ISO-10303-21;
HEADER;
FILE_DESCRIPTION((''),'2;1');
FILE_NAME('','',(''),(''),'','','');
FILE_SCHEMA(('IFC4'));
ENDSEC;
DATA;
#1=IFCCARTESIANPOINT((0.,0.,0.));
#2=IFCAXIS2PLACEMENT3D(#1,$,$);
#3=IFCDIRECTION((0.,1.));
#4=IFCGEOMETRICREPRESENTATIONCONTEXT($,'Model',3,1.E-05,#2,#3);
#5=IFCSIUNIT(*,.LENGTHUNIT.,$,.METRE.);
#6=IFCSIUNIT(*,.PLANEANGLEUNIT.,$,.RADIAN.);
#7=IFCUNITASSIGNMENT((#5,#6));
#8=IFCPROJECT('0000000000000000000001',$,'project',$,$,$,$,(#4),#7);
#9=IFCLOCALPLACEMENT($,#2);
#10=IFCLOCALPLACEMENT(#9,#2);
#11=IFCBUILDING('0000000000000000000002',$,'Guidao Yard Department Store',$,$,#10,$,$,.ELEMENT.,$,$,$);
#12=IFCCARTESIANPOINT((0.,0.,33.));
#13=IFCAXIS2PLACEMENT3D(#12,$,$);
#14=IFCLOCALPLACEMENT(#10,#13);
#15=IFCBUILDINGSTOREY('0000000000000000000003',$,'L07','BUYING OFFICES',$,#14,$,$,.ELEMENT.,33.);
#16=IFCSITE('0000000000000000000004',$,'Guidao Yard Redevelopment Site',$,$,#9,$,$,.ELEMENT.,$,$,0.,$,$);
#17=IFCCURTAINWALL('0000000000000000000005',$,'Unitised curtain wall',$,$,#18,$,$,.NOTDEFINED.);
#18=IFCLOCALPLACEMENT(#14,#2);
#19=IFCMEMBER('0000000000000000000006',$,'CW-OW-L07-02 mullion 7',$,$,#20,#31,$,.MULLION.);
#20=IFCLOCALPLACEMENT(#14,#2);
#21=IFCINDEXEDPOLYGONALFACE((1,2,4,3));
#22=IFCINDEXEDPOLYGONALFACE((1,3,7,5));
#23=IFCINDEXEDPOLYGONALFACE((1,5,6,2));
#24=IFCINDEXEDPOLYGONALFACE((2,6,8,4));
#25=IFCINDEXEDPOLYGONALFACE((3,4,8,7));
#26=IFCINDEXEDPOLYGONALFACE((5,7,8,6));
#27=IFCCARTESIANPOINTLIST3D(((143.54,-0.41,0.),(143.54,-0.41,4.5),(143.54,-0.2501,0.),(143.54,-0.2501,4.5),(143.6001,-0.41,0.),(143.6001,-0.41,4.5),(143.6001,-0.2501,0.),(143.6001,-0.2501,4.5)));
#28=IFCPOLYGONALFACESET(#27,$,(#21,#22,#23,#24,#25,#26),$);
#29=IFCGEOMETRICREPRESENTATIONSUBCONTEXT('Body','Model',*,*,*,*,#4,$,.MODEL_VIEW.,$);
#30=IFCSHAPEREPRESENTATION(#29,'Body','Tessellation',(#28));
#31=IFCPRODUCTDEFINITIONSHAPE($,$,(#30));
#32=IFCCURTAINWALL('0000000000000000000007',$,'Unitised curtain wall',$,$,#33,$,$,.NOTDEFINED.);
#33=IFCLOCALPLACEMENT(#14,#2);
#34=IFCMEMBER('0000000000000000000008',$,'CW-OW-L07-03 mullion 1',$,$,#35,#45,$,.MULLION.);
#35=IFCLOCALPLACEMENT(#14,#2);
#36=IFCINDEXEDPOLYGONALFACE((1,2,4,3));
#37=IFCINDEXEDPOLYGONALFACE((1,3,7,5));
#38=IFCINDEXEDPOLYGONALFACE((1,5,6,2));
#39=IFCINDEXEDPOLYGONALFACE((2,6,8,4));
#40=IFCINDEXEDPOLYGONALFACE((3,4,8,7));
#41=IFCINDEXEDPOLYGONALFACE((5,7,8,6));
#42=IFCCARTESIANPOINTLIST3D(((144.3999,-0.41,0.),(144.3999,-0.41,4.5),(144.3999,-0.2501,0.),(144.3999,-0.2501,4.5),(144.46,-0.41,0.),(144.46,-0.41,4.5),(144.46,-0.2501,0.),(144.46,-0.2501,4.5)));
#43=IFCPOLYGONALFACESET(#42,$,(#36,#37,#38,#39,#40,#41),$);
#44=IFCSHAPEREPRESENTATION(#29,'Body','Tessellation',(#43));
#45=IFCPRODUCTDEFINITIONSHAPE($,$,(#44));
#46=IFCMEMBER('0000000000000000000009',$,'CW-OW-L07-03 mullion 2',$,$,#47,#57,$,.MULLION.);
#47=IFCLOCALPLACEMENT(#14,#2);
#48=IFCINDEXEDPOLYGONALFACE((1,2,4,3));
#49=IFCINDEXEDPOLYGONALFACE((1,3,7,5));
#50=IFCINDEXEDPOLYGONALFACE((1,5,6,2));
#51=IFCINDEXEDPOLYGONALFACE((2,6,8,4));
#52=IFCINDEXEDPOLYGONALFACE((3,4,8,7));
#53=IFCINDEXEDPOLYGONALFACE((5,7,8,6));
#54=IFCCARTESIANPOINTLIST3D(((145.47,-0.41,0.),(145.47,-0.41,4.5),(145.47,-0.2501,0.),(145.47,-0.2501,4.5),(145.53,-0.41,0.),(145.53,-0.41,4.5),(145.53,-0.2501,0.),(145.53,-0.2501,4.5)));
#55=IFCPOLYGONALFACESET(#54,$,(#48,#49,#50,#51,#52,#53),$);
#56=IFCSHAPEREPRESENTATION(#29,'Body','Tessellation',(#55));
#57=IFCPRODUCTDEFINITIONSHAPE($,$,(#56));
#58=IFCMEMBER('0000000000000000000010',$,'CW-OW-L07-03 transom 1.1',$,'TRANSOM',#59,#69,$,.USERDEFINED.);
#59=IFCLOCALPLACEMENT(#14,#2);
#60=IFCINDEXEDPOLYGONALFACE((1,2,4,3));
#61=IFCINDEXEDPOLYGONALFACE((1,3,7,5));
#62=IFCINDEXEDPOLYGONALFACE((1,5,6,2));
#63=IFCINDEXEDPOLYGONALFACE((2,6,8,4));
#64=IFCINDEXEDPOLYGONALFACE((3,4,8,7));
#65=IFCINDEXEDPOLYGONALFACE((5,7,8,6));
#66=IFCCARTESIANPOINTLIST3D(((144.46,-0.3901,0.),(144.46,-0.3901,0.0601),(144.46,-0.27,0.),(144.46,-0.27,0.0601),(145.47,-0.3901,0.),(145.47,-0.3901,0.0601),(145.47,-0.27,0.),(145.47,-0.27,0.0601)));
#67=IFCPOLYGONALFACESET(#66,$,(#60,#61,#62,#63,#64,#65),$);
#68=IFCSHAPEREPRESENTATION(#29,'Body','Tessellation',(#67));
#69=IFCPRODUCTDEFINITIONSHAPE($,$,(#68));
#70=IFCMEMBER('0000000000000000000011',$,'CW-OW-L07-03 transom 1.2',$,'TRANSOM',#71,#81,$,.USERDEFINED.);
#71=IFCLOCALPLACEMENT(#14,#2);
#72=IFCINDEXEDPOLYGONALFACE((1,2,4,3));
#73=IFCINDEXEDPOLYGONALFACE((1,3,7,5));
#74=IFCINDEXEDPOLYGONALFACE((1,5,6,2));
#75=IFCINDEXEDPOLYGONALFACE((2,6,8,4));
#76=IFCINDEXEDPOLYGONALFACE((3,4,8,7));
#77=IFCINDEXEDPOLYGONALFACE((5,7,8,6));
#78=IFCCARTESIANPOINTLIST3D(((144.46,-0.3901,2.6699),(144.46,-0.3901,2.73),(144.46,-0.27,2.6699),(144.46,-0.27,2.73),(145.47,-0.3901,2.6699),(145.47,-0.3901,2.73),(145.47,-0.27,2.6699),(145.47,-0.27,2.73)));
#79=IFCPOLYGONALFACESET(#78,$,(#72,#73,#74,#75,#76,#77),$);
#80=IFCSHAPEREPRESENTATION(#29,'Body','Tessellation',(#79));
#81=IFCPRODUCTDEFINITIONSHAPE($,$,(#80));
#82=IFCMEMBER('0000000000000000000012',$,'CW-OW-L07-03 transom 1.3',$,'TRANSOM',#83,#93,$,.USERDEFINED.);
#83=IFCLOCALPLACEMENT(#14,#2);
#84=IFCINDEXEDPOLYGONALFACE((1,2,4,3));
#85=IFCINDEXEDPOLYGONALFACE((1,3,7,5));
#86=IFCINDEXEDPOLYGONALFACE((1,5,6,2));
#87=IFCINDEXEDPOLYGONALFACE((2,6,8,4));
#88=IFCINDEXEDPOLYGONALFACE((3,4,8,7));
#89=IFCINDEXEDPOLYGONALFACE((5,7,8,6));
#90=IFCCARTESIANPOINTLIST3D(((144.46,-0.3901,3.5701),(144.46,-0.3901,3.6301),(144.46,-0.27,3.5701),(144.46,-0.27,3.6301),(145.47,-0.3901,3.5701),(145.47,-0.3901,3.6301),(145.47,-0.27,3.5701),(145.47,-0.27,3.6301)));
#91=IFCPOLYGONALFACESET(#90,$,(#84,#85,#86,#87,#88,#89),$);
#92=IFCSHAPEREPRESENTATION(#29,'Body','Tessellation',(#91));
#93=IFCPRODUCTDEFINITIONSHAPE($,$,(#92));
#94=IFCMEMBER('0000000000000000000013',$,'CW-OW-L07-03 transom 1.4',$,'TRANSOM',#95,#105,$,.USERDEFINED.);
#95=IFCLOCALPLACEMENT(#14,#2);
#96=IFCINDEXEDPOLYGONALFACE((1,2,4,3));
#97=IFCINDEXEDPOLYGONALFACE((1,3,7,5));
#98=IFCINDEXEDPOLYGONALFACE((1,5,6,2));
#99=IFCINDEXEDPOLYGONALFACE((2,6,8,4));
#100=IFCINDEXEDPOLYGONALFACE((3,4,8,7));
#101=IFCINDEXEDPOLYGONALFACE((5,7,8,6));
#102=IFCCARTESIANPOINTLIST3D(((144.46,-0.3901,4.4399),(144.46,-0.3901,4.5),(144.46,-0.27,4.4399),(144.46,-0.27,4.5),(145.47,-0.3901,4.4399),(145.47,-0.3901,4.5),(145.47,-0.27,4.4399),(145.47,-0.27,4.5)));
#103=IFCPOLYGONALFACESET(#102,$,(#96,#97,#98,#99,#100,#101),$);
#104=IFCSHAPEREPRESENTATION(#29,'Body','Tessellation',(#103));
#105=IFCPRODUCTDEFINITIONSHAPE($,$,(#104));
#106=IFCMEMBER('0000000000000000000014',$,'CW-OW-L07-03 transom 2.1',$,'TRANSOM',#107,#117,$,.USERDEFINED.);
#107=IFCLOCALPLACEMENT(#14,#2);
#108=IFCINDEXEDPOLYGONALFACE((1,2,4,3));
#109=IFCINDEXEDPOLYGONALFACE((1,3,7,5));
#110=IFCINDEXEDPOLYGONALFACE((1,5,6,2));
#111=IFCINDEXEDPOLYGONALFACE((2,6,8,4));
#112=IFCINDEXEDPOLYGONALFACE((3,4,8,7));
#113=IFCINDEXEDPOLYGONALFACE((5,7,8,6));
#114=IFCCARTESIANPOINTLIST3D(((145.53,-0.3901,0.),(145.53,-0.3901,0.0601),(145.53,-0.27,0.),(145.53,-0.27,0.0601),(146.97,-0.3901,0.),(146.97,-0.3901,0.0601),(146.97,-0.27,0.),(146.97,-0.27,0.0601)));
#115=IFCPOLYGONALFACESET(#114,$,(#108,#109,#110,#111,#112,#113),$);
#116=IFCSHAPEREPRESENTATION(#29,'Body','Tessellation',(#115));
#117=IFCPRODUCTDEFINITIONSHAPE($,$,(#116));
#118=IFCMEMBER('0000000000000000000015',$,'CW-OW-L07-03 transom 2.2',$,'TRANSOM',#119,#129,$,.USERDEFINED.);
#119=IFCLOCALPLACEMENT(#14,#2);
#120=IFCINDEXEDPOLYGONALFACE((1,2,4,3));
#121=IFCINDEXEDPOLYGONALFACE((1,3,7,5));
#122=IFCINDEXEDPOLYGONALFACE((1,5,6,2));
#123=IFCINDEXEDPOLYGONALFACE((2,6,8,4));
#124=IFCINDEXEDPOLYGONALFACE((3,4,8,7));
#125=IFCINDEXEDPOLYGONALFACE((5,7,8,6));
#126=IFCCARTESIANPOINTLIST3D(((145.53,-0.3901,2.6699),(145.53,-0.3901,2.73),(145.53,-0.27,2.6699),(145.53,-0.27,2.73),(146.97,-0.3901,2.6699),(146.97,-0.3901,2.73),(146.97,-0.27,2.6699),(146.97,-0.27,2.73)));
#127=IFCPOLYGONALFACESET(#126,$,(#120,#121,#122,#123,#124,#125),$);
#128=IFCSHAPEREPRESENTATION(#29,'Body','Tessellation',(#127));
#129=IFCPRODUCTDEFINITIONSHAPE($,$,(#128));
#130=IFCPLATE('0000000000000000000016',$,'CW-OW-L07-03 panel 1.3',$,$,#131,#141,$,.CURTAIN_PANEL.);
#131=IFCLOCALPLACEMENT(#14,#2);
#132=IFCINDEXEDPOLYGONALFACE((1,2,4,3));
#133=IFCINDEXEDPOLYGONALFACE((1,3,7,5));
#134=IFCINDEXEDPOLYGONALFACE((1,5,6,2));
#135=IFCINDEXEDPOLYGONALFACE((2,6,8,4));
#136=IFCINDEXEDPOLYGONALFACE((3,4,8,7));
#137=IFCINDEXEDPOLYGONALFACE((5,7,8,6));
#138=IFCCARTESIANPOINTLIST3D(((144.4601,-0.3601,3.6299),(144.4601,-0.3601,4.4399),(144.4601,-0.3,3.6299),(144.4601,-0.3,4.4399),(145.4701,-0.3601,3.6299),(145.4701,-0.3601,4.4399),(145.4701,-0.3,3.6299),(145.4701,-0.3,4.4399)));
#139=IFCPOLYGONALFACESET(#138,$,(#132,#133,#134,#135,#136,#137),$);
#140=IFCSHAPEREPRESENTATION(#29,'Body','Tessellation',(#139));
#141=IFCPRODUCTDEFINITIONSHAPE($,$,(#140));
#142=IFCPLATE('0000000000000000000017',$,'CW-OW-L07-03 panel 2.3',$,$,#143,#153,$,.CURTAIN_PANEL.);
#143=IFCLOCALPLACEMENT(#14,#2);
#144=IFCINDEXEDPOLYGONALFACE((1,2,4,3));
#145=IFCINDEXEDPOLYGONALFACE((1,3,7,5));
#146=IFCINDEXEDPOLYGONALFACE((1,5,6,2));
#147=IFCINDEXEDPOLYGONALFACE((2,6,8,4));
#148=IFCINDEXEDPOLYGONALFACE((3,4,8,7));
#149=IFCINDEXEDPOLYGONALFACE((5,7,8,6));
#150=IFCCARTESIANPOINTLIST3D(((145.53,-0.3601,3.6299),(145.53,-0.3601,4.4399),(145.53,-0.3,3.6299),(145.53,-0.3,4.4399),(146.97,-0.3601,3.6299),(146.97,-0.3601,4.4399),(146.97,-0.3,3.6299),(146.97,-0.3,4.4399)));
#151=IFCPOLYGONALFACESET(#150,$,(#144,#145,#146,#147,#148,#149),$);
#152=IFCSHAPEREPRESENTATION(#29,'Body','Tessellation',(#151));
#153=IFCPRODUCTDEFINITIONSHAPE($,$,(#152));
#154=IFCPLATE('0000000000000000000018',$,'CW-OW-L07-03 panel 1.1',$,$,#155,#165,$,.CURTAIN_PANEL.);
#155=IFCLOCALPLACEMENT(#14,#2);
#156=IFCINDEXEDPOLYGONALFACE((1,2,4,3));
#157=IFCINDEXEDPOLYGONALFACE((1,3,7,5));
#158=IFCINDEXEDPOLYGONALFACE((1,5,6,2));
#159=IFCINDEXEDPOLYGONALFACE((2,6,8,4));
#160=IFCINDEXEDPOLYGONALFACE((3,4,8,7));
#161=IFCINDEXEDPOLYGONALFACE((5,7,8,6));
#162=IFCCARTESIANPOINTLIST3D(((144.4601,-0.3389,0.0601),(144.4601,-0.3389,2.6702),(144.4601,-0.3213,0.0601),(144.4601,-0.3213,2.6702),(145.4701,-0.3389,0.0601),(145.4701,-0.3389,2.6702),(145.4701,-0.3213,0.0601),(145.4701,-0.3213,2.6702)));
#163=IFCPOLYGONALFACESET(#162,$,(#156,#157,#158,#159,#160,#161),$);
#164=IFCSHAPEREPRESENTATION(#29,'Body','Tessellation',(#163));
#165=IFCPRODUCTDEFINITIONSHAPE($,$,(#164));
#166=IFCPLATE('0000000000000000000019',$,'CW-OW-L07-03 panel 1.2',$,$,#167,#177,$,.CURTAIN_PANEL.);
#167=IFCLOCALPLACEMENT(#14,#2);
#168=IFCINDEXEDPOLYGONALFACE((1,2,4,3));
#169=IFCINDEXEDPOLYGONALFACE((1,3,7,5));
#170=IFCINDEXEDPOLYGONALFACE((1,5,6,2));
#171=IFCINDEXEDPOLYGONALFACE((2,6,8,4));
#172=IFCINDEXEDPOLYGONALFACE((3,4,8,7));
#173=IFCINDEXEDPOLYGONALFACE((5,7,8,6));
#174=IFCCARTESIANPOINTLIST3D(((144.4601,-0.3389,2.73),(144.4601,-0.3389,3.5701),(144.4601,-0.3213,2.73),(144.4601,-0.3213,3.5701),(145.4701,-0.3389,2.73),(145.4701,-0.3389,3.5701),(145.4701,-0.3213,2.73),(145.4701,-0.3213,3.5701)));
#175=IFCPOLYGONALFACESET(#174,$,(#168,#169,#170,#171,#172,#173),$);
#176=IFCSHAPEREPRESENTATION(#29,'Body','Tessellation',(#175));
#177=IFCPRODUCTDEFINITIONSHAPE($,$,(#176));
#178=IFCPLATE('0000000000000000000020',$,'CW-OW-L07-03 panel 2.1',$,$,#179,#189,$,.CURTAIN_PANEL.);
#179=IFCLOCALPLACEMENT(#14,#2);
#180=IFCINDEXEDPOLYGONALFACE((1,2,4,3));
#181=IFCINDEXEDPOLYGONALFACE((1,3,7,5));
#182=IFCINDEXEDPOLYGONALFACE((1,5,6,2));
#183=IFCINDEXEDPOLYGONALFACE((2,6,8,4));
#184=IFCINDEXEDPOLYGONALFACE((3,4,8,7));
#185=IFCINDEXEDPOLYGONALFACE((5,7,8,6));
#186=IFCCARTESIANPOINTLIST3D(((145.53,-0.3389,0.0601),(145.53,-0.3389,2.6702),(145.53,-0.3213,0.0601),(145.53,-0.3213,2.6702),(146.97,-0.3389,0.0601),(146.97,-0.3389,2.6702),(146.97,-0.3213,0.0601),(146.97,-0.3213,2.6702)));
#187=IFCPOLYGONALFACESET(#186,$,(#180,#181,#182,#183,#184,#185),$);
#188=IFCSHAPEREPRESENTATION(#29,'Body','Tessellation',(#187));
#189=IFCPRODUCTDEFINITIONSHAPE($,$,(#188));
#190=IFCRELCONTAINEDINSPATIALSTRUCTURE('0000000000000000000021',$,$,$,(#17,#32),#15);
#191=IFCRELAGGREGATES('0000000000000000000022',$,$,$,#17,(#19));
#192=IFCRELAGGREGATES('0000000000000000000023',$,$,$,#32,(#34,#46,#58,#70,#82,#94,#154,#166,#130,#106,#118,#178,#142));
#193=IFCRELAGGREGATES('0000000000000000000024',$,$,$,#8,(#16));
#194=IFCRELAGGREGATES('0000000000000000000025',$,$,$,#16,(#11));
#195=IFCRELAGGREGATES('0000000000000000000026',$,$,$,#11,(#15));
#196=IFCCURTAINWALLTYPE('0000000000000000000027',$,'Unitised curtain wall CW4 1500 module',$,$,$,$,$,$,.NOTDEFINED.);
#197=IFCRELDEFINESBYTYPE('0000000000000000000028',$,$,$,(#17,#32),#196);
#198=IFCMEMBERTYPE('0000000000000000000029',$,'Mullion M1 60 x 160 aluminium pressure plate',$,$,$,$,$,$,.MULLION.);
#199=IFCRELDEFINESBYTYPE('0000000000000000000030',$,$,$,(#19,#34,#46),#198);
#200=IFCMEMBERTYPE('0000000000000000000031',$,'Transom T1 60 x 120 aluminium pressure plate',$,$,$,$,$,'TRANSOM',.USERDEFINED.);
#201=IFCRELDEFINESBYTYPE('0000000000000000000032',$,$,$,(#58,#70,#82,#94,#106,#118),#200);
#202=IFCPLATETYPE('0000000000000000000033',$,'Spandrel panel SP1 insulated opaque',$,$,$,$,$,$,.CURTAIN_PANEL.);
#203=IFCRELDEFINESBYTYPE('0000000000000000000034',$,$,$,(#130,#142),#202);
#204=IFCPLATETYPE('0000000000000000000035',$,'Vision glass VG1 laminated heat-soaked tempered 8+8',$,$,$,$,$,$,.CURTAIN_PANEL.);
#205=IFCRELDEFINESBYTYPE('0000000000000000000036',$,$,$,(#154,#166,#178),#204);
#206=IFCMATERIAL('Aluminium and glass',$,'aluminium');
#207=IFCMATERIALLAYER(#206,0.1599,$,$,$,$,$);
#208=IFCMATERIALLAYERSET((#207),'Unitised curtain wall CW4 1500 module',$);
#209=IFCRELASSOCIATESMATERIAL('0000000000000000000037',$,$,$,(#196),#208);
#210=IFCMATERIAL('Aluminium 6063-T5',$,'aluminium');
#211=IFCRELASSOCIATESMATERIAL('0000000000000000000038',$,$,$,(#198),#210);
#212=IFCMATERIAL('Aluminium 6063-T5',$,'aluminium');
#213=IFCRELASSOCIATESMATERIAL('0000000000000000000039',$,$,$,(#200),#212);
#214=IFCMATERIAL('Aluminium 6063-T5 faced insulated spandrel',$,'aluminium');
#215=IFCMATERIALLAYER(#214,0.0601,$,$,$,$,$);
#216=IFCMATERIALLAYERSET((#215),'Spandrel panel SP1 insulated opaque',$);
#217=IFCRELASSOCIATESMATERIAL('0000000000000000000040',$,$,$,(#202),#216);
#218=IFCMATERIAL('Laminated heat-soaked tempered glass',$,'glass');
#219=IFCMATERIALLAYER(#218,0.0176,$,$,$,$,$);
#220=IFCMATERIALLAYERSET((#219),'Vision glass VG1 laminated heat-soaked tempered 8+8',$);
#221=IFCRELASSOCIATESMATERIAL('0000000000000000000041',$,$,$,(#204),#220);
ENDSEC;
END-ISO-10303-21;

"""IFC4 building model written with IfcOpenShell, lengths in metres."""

from ifc_helpers import new_model, si_unit, direction, frame, origin, origin_2d, place, context, subcontext, project, spatial, rectangle, extrude, material, layer, layer_set, material_profile, profile_set, type_object, element, aggregate, save


model = new_model("IFC4")

# Units and contexts
model_context = context("Model", 3, precision=1e-05, world=origin(), true_north=direction((0.0, 1.0)))
body_context = subcontext(model_context, "Body", "Model", "MODEL_VIEW")
ifc_project = project(units=[si_unit("LENGTHUNIT", "METRE"), si_unit("PLANEANGLEUNIT", "RADIAN")], contexts=[model_context])

# Site, building, storey
site_placement = place(None, origin())
site = spatial("IfcSite", under=ifc_project, at=site_placement, Name="Guidao Yard Redevelopment Site", CompositionType="ELEMENT", RefElevation=0.0)
building_placement = place(site_placement, origin())
building = spatial("IfcBuilding", under=site, at=building_placement, Name="Guidao Yard Department Store", CompositionType="ELEMENT")
storey_placement = place(building_placement, frame((0.0, 0.0, 33.0)))
storey = spatial("IfcBuildingStorey", under=building, at=storey_placement, Name="L07", Description="BUYING OFFICES", CompositionType="ELEMENT", Elevation=33.0)

# Curtain wall, member
ifc_material_1 = material(Name="Aluminium and glass", Category="aluminium")
ifc_layer_1 = layer(ifc_material_1, 0.1599)
ifc_layer_set_1 = layer_set([ifc_layer_1], Name="Unitised curtain wall CW4 1500 module")
curtain_wall_type = type_object("IfcCurtainWallType", Name="Unitised curtain wall CW4 1500 module", PredefinedType="NOTDEFINED", material=ifc_layer_set_1)
curtain_wall_1_placement = place(storey_placement, origin())
curtain_wall_1 = element("IfcCurtainWall", 1, at=curtain_wall_1_placement, inside=storey, type_object=curtain_wall_type, Name="Unitised curtain wall", PredefinedType="NOTDEFINED")
ifc_material_2 = material(Name="Aluminium 6063-T5", Category="aluminium")
ifc_material_profile_1 = material_profile(ifc_material_2, rectangle(XDim=0.0601, YDim=0.1599, at=origin_2d()), Name="Mullion M1 60 x 160 aluminium pressure plate")
ifc_profile_set_1 = profile_set([ifc_material_profile_1], Name="Aluminium 6063-T5")
member_type_1 = type_object("IfcMemberType", Name="Mullion M1 60 x 160 aluminium pressure plate", PredefinedType="MULLION", material=ifc_profile_set_1)
member_1_placement = place(storey_placement, frame((143.5701, -0.3301, 0.0), z_axis=(0.0, 0.0, 1.0), x_axis=(-1.0, 0.0, 0.0)))
member_1 = element("IfcMember", 2, at=member_1_placement, type_object=member_type_1, Name="CW-OW-L07-02 mullion 7", PredefinedType="MULLION", context=body_context, shape_type="SweptSolid", body=[
    extrude(rectangle(XDim=0.0601, YDim=0.1599, at=origin_2d()), origin(), (0.0, 0.0, 1.0), 4.5),
])
aggregate(curtain_wall_1, [member_1])

# Curtain wall, members, plates
curtain_wall_2_placement = place(storey_placement, origin())
curtain_wall_2 = element("IfcCurtainWall", 3, at=curtain_wall_2_placement, inside=storey, type_object=curtain_wall_type, Name="Unitised curtain wall", PredefinedType="NOTDEFINED")
member_2_placement = place(storey_placement, frame((144.4299, -0.3301, 0.0), z_axis=(0.0, 0.0, 1.0), x_axis=(-1.0, 0.0, 0.0)))
member_2 = element("IfcMember", 4, at=member_2_placement, type_object=member_type_1, Name="CW-OW-L07-03 mullion 1", PredefinedType="MULLION", context=body_context, shape_type="SweptSolid", body=[
    extrude(rectangle(XDim=0.0601, YDim=0.1599, at=origin_2d()), origin(), (0.0, 0.0, 1.0), 4.5),
])
member_3_placement = place(storey_placement, frame((145.5, -0.3301, 0.0), z_axis=(0.0, 0.0, 1.0), x_axis=(-1.0, 0.0, 0.0)))
member_3 = element("IfcMember", 5, at=member_3_placement, type_object=member_type_1, Name="CW-OW-L07-03 mullion 2", PredefinedType="MULLION", context=body_context, shape_type="SweptSolid", body=[
    extrude(rectangle(XDim=0.0601, YDim=0.1599, at=origin_2d()), origin(), (0.0, 0.0, 1.0), 4.5),
])
ifc_material_3 = material(Name="Aluminium 6063-T5", Category="aluminium")
ifc_material_profile_2 = material_profile(ifc_material_3, rectangle(XDim=0.1201, YDim=0.0601, at=origin_2d()), Name="Transom T1 60 x 120 aluminium pressure plate")
ifc_profile_set_2 = profile_set([ifc_material_profile_2], Name="Aluminium 6063-T5")
member_type_2 = type_object("IfcMemberType", Name="Transom T1 60 x 120 aluminium pressure plate", ElementType="TRANSOM", PredefinedType="USERDEFINED", material=ifc_profile_set_2)
member_4_placement = place(storey_placement, frame((145.47, -0.3301, 0.03), z_axis=(-1.0, 0.0, 0.0), x_axis=(0.0, -1.0, 0.0)))
member_4 = element("IfcMember", 6, at=member_4_placement, type_object=member_type_2, Name="CW-OW-L07-03 transom 1.1", ObjectType="TRANSOM", PredefinedType="USERDEFINED", context=body_context, shape_type="SweptSolid", body=[
    extrude(rectangle(XDim=0.1201, YDim=0.0601, at=origin_2d()), origin(), (0.0, 0.0, 1.0), 1.01),
])
member_5_placement = place(storey_placement, frame((145.47, -0.3301, 2.7), z_axis=(-1.0, 0.0, 0.0), x_axis=(0.0, -1.0, 0.0)))
member_5 = element("IfcMember", 7, at=member_5_placement, type_object=member_type_2, Name="CW-OW-L07-03 transom 1.2", ObjectType="TRANSOM", PredefinedType="USERDEFINED", context=body_context, shape_type="SweptSolid", body=[
    extrude(rectangle(XDim=0.1201, YDim=0.0601, at=origin_2d()), origin(), (0.0, 0.0, 1.0), 1.01),
])
member_6_placement = place(storey_placement, frame((145.47, -0.3301, 3.6001), z_axis=(-1.0, 0.0, 0.0), x_axis=(0.0, -1.0, 0.0)))
member_6 = element("IfcMember", 8, at=member_6_placement, type_object=member_type_2, Name="CW-OW-L07-03 transom 1.3", ObjectType="TRANSOM", PredefinedType="USERDEFINED", context=body_context, shape_type="SweptSolid", body=[
    extrude(rectangle(XDim=0.1201, YDim=0.0601, at=origin_2d()), origin(), (0.0, 0.0, 1.0), 1.01),
])
member_7_placement = place(storey_placement, frame((145.47, -0.3301, 4.47), z_axis=(-1.0, 0.0, 0.0), x_axis=(0.0, -1.0, 0.0)))
member_7 = element("IfcMember", 9, at=member_7_placement, type_object=member_type_2, Name="CW-OW-L07-03 transom 1.4", ObjectType="TRANSOM", PredefinedType="USERDEFINED", context=body_context, shape_type="SweptSolid", body=[
    extrude(rectangle(XDim=0.1201, YDim=0.0601, at=origin_2d()), origin(), (0.0, 0.0, 1.0), 1.01),
])
member_8_placement = place(storey_placement, frame((146.97, -0.3301, 0.03), z_axis=(-1.0, 0.0, 0.0), x_axis=(0.0, -1.0, 0.0)))
member_8 = element("IfcMember", 10, at=member_8_placement, type_object=member_type_2, Name="CW-OW-L07-03 transom 2.1", ObjectType="TRANSOM", PredefinedType="USERDEFINED", context=body_context, shape_type="SweptSolid", body=[
    extrude(rectangle(XDim=0.1201, YDim=0.0601, at=origin_2d()), origin(), (0.0, 0.0, 1.0), 1.4399),
])
member_9_placement = place(storey_placement, frame((146.97, -0.3301, 2.7), z_axis=(-1.0, 0.0, 0.0), x_axis=(0.0, -1.0, 0.0)))
member_9 = element("IfcMember", 11, at=member_9_placement, type_object=member_type_2, Name="CW-OW-L07-03 transom 2.2", ObjectType="TRANSOM", PredefinedType="USERDEFINED", context=body_context, shape_type="SweptSolid", body=[
    extrude(rectangle(XDim=0.1201, YDim=0.0601, at=origin_2d()), origin(), (0.0, 0.0, 1.0), 1.4399),
])
ifc_material_4 = material(Name="Aluminium 6063-T5 faced insulated spandrel", Category="aluminium")
ifc_layer_2 = layer(ifc_material_4, 0.0601)
ifc_layer_set_2 = layer_set([ifc_layer_2], Name="Spandrel panel SP1 insulated opaque")
plate_type_1 = type_object("IfcPlateType", Name="Spandrel panel SP1 insulated opaque", PredefinedType="CURTAIN_PANEL", material=ifc_layer_set_2)
plate_1_placement = place(storey_placement, frame((144.9651, -0.3301, 3.6299), z_axis=(0.0, 0.0, 1.0), x_axis=(-1.0, 0.0, 0.0)))
plate_1 = element("IfcPlate", 12, at=plate_1_placement, type_object=plate_type_1, Name="CW-OW-L07-03 panel 1.3", PredefinedType="CURTAIN_PANEL", context=body_context, shape_type="SweptSolid", body=[
    extrude(rectangle(XDim=1.01, YDim=0.0601, at=origin_2d()), origin(), (0.0, 0.0, 1.0), 0.8101),
])
plate_2_placement = place(storey_placement, frame((146.25, -0.3301, 3.6299), z_axis=(0.0, 0.0, 1.0), x_axis=(-1.0, 0.0, 0.0)))
plate_2 = element("IfcPlate", 13, at=plate_2_placement, type_object=plate_type_1, Name="CW-OW-L07-03 panel 2.3", PredefinedType="CURTAIN_PANEL", context=body_context, shape_type="SweptSolid", body=[
    extrude(rectangle(XDim=1.4399, YDim=0.0601, at=origin_2d()), origin(), (0.0, 0.0, 1.0), 0.8101),
])
ifc_material_5 = material(Name="Laminated heat-soaked tempered glass", Category="glass")
ifc_layer_3 = layer(ifc_material_5, 0.0176)
ifc_layer_set_3 = layer_set([ifc_layer_3], Name="Vision glass VG1 laminated heat-soaked tempered 8+8")
plate_type_2 = type_object("IfcPlateType", Name="Vision glass VG1 laminated heat-soaked tempered 8+8", PredefinedType="CURTAIN_PANEL", material=ifc_layer_set_3)
plate_3_placement = place(storey_placement, frame((144.9651, -0.3301, 0.0601), z_axis=(0.0, 0.0, 1.0), x_axis=(-1.0, 0.0, 0.0)))
plate_3 = element("IfcPlate", 14, at=plate_3_placement, type_object=plate_type_2, Name="CW-OW-L07-03 panel 1.1", PredefinedType="CURTAIN_PANEL", context=body_context, shape_type="SweptSolid", body=[
    extrude(rectangle(XDim=1.01, YDim=0.0176, at=origin_2d()), origin(), (0.0, 0.0, 1.0), 2.6101),
])
plate_4_placement = place(storey_placement, frame((144.9651, -0.3301, 2.73), z_axis=(0.0, 0.0, 1.0), x_axis=(-1.0, 0.0, 0.0)))
plate_4 = element("IfcPlate", 15, at=plate_4_placement, type_object=plate_type_2, Name="CW-OW-L07-03 panel 1.2", PredefinedType="CURTAIN_PANEL", context=body_context, shape_type="SweptSolid", body=[
    extrude(rectangle(XDim=1.01, YDim=0.0176, at=origin_2d()), origin(), (0.0, 0.0, 1.0), 0.8401),
])
plate_5_placement = place(storey_placement, frame((146.25, -0.3301, 0.0601), z_axis=(0.0, 0.0, 1.0), x_axis=(-1.0, 0.0, 0.0)))
plate_5 = element("IfcPlate", 16, at=plate_5_placement, type_object=plate_type_2, Name="CW-OW-L07-03 panel 2.1", PredefinedType="CURTAIN_PANEL", context=body_context, shape_type="SweptSolid", body=[
    extrude(rectangle(XDim=1.4399, YDim=0.0176, at=origin_2d()), origin(), (0.0, 0.0, 1.0), 2.6101),
])
aggregate(curtain_wall_2, [member_2, member_3, member_4, member_5, member_6, member_7, plate_3, plate_4, plate_1, member_8, member_9, plate_5, plate_2])

save(model, "model.ifc")
